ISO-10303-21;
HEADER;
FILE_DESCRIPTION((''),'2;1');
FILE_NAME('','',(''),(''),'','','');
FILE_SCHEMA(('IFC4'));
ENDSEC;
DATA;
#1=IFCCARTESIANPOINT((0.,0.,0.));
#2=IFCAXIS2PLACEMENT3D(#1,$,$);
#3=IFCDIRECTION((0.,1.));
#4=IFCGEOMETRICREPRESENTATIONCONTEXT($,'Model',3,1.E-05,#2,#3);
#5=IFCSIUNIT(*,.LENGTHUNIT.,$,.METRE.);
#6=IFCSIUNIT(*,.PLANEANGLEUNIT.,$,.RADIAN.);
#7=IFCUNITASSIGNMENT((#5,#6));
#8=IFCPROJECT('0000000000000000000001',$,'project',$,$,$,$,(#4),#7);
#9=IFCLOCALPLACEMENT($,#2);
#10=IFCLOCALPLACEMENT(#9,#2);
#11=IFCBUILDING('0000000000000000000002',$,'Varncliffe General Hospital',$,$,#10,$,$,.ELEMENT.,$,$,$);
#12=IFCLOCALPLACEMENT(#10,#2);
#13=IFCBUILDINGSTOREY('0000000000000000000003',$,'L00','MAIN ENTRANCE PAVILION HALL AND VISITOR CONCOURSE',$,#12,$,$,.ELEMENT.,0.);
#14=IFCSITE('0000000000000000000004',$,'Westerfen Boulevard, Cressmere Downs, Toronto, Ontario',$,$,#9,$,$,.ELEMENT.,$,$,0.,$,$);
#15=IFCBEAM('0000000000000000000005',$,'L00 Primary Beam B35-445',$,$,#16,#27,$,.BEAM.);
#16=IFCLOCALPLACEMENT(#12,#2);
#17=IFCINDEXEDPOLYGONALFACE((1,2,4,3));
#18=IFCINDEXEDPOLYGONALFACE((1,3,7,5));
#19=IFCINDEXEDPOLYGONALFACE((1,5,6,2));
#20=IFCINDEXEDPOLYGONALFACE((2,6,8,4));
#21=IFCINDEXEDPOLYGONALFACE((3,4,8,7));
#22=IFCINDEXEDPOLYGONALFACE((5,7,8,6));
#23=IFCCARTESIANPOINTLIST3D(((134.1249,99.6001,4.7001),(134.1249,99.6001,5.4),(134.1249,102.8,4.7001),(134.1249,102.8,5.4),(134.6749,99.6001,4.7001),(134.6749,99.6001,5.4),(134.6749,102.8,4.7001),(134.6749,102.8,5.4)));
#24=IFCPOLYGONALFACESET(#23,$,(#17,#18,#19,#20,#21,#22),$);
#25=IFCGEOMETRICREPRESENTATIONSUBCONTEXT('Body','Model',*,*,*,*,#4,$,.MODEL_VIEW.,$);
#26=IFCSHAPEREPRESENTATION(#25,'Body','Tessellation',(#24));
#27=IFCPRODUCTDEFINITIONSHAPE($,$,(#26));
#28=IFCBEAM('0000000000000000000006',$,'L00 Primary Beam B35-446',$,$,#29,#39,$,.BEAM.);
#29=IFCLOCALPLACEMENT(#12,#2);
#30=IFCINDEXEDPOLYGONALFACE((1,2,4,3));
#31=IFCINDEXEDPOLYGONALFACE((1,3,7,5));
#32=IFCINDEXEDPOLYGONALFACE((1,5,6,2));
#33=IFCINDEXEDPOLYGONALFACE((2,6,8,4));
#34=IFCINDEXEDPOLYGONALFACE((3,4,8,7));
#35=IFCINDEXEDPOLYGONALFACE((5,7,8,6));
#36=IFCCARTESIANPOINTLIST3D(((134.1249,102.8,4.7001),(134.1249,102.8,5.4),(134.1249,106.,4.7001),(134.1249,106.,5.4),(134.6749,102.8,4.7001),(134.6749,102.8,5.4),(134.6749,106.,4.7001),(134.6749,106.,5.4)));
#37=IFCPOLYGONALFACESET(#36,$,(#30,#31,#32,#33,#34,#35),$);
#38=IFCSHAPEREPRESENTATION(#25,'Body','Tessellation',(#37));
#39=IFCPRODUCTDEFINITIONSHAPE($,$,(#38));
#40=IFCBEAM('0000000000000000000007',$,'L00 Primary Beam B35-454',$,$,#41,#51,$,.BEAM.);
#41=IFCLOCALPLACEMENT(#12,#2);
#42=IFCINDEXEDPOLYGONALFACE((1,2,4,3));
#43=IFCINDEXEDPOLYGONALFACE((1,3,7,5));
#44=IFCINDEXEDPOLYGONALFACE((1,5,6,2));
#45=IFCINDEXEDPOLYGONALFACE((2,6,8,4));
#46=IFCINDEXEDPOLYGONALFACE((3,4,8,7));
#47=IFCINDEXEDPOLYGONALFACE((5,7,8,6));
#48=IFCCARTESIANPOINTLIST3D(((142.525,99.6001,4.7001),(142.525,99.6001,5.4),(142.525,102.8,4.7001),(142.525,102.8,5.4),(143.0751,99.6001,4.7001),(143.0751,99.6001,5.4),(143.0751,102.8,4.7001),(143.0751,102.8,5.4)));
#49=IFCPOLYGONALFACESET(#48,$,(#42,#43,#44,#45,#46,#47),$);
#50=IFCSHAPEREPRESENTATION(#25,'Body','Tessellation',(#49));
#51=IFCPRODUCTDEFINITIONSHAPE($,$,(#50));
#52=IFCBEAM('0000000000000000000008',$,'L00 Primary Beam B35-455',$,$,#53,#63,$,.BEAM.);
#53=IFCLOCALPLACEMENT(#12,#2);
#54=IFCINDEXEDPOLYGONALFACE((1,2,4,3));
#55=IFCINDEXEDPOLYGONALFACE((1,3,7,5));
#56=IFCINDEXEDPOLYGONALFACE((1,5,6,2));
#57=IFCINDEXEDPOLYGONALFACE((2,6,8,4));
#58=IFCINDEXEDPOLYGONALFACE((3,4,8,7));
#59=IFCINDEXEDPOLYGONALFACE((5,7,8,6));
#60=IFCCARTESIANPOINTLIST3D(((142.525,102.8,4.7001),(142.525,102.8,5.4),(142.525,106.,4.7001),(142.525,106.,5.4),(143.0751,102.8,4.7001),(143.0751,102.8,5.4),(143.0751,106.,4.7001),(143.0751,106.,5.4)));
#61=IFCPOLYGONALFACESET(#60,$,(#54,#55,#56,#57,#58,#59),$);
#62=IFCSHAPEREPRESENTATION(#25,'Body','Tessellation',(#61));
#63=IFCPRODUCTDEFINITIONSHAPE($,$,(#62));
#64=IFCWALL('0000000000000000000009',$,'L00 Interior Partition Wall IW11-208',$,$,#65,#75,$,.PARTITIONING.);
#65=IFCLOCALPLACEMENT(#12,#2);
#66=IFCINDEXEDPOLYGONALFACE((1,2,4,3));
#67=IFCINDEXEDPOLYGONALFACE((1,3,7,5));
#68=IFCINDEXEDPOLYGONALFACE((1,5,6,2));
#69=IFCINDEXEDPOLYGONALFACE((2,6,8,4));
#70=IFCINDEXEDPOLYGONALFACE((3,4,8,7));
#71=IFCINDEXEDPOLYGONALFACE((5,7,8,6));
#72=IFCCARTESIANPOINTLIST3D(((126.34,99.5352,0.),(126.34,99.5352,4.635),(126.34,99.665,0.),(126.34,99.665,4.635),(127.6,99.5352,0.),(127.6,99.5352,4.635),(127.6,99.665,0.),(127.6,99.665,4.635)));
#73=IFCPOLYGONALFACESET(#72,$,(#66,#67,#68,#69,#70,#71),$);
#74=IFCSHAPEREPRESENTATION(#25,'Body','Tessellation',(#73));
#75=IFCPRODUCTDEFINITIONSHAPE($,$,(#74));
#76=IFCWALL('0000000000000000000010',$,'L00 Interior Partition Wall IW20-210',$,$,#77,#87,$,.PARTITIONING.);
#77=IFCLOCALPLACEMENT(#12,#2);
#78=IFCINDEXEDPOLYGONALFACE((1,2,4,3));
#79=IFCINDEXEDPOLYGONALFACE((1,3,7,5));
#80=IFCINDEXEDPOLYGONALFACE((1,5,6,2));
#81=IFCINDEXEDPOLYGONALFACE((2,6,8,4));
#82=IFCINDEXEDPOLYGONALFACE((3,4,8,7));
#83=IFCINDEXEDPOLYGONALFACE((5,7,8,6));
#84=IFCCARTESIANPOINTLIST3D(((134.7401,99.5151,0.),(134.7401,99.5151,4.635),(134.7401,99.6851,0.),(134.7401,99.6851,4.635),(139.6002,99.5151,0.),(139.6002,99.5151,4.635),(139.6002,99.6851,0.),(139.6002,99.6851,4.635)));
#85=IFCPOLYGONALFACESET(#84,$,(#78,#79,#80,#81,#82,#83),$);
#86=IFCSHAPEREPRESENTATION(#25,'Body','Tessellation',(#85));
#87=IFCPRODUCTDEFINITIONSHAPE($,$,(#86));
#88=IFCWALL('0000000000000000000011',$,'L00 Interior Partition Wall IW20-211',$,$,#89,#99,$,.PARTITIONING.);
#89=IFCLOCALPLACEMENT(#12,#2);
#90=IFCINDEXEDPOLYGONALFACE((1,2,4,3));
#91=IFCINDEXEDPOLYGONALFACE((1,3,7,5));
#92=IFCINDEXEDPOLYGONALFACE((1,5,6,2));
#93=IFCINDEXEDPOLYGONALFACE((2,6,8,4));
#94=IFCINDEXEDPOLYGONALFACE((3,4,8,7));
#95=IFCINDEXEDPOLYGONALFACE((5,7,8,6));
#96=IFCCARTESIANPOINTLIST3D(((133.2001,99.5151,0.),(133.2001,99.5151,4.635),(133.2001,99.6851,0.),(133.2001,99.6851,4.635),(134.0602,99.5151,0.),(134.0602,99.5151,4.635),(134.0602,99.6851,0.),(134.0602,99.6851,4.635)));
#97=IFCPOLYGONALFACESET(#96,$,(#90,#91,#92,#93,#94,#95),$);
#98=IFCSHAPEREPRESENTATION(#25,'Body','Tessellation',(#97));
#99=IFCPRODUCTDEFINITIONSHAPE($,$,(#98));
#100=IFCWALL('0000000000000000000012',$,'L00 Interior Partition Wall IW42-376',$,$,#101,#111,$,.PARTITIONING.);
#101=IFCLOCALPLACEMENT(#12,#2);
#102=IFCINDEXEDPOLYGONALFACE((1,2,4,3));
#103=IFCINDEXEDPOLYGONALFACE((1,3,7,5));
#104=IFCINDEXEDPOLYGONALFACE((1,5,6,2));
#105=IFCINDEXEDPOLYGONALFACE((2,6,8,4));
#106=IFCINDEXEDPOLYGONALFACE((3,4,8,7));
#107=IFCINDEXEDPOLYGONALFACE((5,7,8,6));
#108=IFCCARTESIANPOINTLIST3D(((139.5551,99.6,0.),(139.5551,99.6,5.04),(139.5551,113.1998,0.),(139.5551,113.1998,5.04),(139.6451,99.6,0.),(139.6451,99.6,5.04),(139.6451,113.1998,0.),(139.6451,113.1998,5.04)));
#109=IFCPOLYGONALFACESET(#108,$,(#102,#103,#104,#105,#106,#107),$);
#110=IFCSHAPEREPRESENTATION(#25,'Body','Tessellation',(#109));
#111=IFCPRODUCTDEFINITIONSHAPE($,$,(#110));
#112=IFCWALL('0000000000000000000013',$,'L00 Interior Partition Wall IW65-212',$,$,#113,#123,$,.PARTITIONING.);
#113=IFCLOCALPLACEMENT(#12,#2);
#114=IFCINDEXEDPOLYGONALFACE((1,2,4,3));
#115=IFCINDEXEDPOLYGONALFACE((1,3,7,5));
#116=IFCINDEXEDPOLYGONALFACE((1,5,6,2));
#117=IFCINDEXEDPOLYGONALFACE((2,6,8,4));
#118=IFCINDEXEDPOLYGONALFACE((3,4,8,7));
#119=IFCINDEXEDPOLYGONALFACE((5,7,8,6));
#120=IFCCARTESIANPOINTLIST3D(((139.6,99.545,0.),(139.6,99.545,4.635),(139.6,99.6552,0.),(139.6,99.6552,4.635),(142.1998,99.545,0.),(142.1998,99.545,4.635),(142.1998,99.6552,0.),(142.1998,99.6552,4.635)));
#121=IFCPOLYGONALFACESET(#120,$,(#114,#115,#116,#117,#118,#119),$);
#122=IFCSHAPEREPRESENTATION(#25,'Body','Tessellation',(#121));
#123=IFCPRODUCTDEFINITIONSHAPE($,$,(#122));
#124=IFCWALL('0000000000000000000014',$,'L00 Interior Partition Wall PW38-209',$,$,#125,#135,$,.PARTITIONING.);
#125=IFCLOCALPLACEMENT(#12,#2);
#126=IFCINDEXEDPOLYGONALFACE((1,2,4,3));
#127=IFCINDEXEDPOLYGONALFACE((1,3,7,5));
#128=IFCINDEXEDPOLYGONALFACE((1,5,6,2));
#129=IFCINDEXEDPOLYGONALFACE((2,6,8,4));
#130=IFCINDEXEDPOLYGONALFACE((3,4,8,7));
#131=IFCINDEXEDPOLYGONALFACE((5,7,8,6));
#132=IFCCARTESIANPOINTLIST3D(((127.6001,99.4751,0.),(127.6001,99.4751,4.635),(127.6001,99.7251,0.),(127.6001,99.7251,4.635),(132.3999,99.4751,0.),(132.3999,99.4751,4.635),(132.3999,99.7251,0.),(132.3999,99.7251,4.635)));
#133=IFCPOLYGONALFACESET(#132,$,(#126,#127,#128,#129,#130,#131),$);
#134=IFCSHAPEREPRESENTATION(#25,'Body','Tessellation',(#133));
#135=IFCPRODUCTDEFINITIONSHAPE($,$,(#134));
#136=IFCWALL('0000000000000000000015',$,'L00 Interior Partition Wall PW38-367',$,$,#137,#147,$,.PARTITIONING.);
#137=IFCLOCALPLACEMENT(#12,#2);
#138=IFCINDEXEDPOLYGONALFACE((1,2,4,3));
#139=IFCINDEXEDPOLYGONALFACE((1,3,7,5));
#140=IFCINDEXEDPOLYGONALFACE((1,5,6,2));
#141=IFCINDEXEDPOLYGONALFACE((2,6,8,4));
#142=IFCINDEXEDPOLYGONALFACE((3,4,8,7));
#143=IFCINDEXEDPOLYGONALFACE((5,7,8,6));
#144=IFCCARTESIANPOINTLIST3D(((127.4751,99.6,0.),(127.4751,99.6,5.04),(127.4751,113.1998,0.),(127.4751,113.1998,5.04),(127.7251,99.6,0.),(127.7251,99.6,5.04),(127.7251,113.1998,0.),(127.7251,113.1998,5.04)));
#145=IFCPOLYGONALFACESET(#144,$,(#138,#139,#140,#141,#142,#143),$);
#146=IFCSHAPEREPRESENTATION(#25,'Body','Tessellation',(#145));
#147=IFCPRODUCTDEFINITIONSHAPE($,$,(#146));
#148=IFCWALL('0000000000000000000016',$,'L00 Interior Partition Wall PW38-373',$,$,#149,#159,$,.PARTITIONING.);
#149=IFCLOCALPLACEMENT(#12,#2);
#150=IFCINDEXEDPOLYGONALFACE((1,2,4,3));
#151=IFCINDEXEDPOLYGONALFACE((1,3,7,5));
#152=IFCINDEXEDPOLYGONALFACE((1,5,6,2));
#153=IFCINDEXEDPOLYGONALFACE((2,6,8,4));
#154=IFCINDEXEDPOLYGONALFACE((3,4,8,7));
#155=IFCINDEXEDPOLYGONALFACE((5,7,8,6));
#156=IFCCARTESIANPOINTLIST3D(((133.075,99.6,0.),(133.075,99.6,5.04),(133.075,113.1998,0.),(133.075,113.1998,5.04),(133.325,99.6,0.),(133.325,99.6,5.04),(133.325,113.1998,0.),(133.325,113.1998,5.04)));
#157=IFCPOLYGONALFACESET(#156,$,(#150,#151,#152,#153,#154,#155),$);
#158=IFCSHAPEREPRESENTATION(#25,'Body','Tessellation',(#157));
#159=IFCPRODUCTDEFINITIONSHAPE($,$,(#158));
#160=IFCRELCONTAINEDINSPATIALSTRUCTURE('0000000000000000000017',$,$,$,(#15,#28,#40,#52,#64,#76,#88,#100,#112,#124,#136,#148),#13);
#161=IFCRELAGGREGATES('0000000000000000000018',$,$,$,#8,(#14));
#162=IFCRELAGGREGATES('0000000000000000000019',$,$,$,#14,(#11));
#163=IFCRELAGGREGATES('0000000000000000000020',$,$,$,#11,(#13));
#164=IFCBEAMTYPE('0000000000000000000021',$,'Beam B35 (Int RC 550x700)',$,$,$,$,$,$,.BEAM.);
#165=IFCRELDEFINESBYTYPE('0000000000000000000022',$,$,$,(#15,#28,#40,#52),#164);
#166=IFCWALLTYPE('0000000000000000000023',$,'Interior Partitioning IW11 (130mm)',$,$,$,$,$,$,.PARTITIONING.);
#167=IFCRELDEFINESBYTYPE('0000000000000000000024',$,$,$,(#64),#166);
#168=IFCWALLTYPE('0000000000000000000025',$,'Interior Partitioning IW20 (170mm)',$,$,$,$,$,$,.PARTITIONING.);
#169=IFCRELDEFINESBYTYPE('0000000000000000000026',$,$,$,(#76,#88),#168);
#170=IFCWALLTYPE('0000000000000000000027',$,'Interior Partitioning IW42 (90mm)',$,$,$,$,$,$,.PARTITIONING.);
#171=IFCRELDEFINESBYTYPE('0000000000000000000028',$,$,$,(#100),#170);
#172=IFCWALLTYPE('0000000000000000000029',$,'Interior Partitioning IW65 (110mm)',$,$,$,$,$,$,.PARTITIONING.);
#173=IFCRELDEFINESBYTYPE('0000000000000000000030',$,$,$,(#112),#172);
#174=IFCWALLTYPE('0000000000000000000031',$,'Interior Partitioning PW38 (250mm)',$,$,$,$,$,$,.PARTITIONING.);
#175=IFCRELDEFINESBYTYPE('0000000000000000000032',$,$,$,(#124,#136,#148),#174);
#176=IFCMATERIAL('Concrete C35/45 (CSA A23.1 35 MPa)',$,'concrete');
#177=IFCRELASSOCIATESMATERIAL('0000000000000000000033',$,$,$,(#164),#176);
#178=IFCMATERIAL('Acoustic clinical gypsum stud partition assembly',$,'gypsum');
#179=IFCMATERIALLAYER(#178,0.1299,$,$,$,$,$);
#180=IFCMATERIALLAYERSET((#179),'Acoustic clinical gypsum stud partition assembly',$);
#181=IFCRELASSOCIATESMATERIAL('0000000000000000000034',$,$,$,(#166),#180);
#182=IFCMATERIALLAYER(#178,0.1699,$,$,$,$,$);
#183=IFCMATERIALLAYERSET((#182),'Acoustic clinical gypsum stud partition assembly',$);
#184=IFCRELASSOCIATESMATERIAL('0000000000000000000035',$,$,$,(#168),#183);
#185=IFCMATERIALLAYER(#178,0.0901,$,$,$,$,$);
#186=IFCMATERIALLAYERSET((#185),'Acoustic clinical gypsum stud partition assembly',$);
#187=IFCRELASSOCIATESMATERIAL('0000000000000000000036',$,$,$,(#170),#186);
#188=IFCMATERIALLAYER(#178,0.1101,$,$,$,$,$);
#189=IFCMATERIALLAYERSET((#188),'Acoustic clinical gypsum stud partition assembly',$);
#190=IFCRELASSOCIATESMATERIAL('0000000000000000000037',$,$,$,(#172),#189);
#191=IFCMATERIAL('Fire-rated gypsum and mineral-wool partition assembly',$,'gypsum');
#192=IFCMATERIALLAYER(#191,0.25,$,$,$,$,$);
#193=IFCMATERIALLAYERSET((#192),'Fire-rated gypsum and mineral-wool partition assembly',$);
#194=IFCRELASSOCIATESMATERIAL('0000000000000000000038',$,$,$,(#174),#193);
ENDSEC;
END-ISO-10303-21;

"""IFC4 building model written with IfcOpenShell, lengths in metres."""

from ifc_helpers import new_model, si_unit, direction, frame, frame_2d, origin, origin_2d, place, context, subcontext, project, spatial, rectangle, extrude, material, layer, layer_set, material_profile, profile_set, type_object, element, save


model = new_model("IFC4")

# Units and contexts
model_context = context("Model", 3, precision=1e-05, world=origin(), true_north=direction((0.0, 1.0)))
body_context = subcontext(model_context, "Body", "Model", "MODEL_VIEW")
ifc_project = project(units=[si_unit("LENGTHUNIT", "METRE"), si_unit("PLANEANGLEUNIT", "RADIAN")], contexts=[model_context])

# Site, building, storey
site_placement = place(None, origin())
site = spatial("IfcSite", under=ifc_project, at=site_placement, Name="Westerfen Boulevard, Cressmere Downs, Toronto, Ontario", CompositionType="ELEMENT", RefElevation=0.0)
building_placement = place(site_placement, origin())
building = spatial("IfcBuilding", under=site, at=building_placement, Name="Varncliffe General Hospital", CompositionType="ELEMENT")
storey_placement = place(building_placement, origin())
storey = spatial("IfcBuildingStorey", under=building, at=storey_placement, Name="L00", Description="MAIN ENTRANCE PAVILION HALL AND VISITOR CONCOURSE", CompositionType="ELEMENT", Elevation=0.0)

# Beams
ifc_material_1 = material(Name="Concrete C35/45 (CSA A23.1 35 MPa)", Category="concrete")
ifc_material_profile_1 = material_profile(ifc_material_1, rectangle(XDim=0.55, YDim=0.7, at=origin_2d()), Name="RC 550x700")
ifc_profile_set_1 = profile_set([ifc_material_profile_1], Name="Concrete C35/45 (CSA A23.1 35 MPa)")
beam_type_1 = type_object("IfcBeamType", Name="Beam B35 (Int RC 550x700)", PredefinedType="BEAM", material=ifc_profile_set_1)
for number, where, z_axis, x_axis, name in (
    (1, (134.3999, 99.6001, 5.05), (0.0, 1.0, 0.0), (-1.0, 0.0, 0.0), "L00 Primary Beam B35-445"),
    (2, (134.3999, 102.8, 5.05), (0.0, 1.0, 0.0), (-1.0, 0.0, 0.0), "L00 Primary Beam B35-446"),
    (3, (142.8, 99.6001, 5.05), (0.0, 1.0, 0.0), (-1.0, 0.0, 0.0), "L00 Primary Beam B35-454"),
    (4, (142.8, 102.8, 5.05), (0.0, 1.0, 0.0), (-1.0, 0.0, 0.0), "L00 Primary Beam B35-455"),
):
    element("IfcBeam", number, at=place(storey_placement, frame(where, z_axis=z_axis, x_axis=x_axis)), inside=storey, type_object=beam_type_1, Name=name, PredefinedType="BEAM", context=body_context, shape_type="SweptSolid", body=[
        extrude(rectangle(XDim=0.55, YDim=0.7, at=origin_2d()), origin(), (0.0, 0.0, 1.0), 3.2),
    ])

# Walls
ifc_material_2 = material(Name="Acoustic clinical gypsum stud partition assembly", Category="gypsum")
ifc_layer_1 = layer(ifc_material_2, 0.1299)
ifc_layer_set_1 = layer_set([ifc_layer_1], Name="Acoustic clinical gypsum stud partition assembly")
wall_type_1 = type_object("IfcWallType", Name="Interior Partitioning IW11 (130mm)", PredefinedType="PARTITIONING", material=ifc_layer_set_1)
wall_1_placement = place(storey_placement, frame((126.3401, 99.6001, 0.0), z_axis=(0.0, 0.0, 1.0), x_axis=(1.0, 0.0, 0.0)))
element("IfcWall", 5, at=wall_1_placement, inside=storey, type_object=wall_type_1, Name="L00 Interior Partition Wall IW11-208", PredefinedType="PARTITIONING", context=body_context, shape_type="SweptSolid", body=[
    extrude(rectangle(XDim=1.26, YDim=0.1299, at=frame_2d((0.6299, 0.0))), origin(), (0.0, 0.0, 1.0), 4.635),
])
ifc_layer_2 = layer(ifc_material_2, 0.1699)
ifc_layer_set_2 = layer_set([ifc_layer_2], Name="Acoustic clinical gypsum stud partition assembly")
wall_type_2 = type_object("IfcWallType", Name="Interior Partitioning IW20 (170mm)", PredefinedType="PARTITIONING", material=ifc_layer_set_2)
wall_2_placement = place(storey_placement, frame((134.74, 99.6001, 0.0), z_axis=(0.0, 0.0, 1.0), x_axis=(1.0, 0.0, 0.0)))
element("IfcWall", 6, at=wall_2_placement, inside=storey, type_object=wall_type_2, Name="L00 Interior Partition Wall IW20-210", PredefinedType="PARTITIONING", context=body_context, shape_type="SweptSolid", body=[
    extrude(rectangle(XDim=4.8601, YDim=0.1699, at=frame_2d((2.4302, 0.0))), origin(), (0.0, 0.0, 1.0), 4.635),
])
wall_3_placement = place(storey_placement, frame((133.2, 99.6001, 0.0), z_axis=(0.0, 0.0, 1.0), x_axis=(1.0, 0.0, 0.0)))
element("IfcWall", 7, at=wall_3_placement, inside=storey, type_object=wall_type_2, Name="L00 Interior Partition Wall IW20-211", PredefinedType="PARTITIONING", context=body_context, shape_type="SweptSolid", body=[
    extrude(rectangle(XDim=0.8601, YDim=0.1699, at=frame_2d((0.4302, 0.0))), origin(), (0.0, 0.0, 1.0), 4.635),
])
ifc_layer_3 = layer(ifc_material_2, 0.0901)
ifc_layer_set_3 = layer_set([ifc_layer_3], Name="Acoustic clinical gypsum stud partition assembly")
wall_type_3 = type_object("IfcWallType", Name="Interior Partitioning IW42 (90mm)", PredefinedType="PARTITIONING", material=ifc_layer_set_3)
wall_4_placement = place(storey_placement, frame((139.6001, 99.6001, 0.0), z_axis=(0.0, 0.0, 1.0), x_axis=(0.0, 1.0, 0.0)))
element("IfcWall", 8, at=wall_4_placement, inside=storey, type_object=wall_type_3, Name="L00 Interior Partition Wall IW42-376", PredefinedType="PARTITIONING", context=body_context, shape_type="SweptSolid", body=[
    extrude(rectangle(XDim=13.5999, YDim=0.0901, at=frame_2d((6.7998, 0.0))), origin(), (0.0, 0.0, 1.0), 5.04),
])
ifc_layer_4 = layer(ifc_material_2, 0.1101)
ifc_layer_set_4 = layer_set([ifc_layer_4], Name="Acoustic clinical gypsum stud partition assembly")
wall_type_4 = type_object("IfcWallType", Name="Interior Partitioning IW65 (110mm)", PredefinedType="PARTITIONING", material=ifc_layer_set_4)
wall_5_placement = place(storey_placement, frame((139.6001, 99.6001, 0.0), z_axis=(0.0, 0.0, 1.0), x_axis=(1.0, 0.0, 0.0)))
element("IfcWall", 9, at=wall_5_placement, inside=storey, type_object=wall_type_4, Name="L00 Interior Partition Wall IW65-212", PredefinedType="PARTITIONING", context=body_context, shape_type="SweptSolid", body=[
    extrude(rectangle(XDim=2.5999, YDim=0.1101, at=frame_2d((1.2998, 0.0))), origin(), (0.0, 0.0, 1.0), 4.635),
])
ifc_material_3 = material(Name="Fire-rated gypsum and mineral-wool partition assembly", Category="gypsum")
ifc_layer_5 = layer(ifc_material_3, 0.25)
ifc_layer_set_5 = layer_set([ifc_layer_5], Name="Fire-rated gypsum and mineral-wool partition assembly")
wall_type_5 = type_object("IfcWallType", Name="Interior Partitioning PW38 (250mm)", PredefinedType="PARTITIONING", material=ifc_layer_set_5)
wall_6_placement = place(storey_placement, frame((127.6001, 99.6001, 0.0), z_axis=(0.0, 0.0, 1.0), x_axis=(1.0, 0.0, 0.0)))
element("IfcWall", 10, at=wall_6_placement, inside=storey, type_object=wall_type_5, Name="L00 Interior Partition Wall PW38-209", PredefinedType="PARTITIONING", context=body_context, shape_type="SweptSolid", body=[
    extrude(rectangle(XDim=4.7998, YDim=0.25, at=frame_2d((2.3999, 0.0))), origin(), (0.0, 0.0, 1.0), 4.635),
])
for number, where, z_axis, x_axis, name in (
    (11, (127.6001, 99.6001, 0.0), (0.0, 0.0, 1.0), (0.0, 1.0, 0.0), "L00 Interior Partition Wall PW38-367"),
    (12, (133.2, 99.6001, 0.0), (0.0, 0.0, 1.0), (0.0, 1.0, 0.0), "L00 Interior Partition Wall PW38-373"),
):
    element("IfcWall", number, at=place(storey_placement, frame(where, z_axis=z_axis, x_axis=x_axis)), inside=storey, type_object=wall_type_5, Name=name, PredefinedType="PARTITIONING", context=body_context, shape_type="SweptSolid", body=[
        extrude(rectangle(XDim=13.5999, YDim=0.25, at=frame_2d((6.7998, 0.0))), origin(), (0.0, 0.0, 1.0), 5.04),
    ])

save(model, "model.ifc")
